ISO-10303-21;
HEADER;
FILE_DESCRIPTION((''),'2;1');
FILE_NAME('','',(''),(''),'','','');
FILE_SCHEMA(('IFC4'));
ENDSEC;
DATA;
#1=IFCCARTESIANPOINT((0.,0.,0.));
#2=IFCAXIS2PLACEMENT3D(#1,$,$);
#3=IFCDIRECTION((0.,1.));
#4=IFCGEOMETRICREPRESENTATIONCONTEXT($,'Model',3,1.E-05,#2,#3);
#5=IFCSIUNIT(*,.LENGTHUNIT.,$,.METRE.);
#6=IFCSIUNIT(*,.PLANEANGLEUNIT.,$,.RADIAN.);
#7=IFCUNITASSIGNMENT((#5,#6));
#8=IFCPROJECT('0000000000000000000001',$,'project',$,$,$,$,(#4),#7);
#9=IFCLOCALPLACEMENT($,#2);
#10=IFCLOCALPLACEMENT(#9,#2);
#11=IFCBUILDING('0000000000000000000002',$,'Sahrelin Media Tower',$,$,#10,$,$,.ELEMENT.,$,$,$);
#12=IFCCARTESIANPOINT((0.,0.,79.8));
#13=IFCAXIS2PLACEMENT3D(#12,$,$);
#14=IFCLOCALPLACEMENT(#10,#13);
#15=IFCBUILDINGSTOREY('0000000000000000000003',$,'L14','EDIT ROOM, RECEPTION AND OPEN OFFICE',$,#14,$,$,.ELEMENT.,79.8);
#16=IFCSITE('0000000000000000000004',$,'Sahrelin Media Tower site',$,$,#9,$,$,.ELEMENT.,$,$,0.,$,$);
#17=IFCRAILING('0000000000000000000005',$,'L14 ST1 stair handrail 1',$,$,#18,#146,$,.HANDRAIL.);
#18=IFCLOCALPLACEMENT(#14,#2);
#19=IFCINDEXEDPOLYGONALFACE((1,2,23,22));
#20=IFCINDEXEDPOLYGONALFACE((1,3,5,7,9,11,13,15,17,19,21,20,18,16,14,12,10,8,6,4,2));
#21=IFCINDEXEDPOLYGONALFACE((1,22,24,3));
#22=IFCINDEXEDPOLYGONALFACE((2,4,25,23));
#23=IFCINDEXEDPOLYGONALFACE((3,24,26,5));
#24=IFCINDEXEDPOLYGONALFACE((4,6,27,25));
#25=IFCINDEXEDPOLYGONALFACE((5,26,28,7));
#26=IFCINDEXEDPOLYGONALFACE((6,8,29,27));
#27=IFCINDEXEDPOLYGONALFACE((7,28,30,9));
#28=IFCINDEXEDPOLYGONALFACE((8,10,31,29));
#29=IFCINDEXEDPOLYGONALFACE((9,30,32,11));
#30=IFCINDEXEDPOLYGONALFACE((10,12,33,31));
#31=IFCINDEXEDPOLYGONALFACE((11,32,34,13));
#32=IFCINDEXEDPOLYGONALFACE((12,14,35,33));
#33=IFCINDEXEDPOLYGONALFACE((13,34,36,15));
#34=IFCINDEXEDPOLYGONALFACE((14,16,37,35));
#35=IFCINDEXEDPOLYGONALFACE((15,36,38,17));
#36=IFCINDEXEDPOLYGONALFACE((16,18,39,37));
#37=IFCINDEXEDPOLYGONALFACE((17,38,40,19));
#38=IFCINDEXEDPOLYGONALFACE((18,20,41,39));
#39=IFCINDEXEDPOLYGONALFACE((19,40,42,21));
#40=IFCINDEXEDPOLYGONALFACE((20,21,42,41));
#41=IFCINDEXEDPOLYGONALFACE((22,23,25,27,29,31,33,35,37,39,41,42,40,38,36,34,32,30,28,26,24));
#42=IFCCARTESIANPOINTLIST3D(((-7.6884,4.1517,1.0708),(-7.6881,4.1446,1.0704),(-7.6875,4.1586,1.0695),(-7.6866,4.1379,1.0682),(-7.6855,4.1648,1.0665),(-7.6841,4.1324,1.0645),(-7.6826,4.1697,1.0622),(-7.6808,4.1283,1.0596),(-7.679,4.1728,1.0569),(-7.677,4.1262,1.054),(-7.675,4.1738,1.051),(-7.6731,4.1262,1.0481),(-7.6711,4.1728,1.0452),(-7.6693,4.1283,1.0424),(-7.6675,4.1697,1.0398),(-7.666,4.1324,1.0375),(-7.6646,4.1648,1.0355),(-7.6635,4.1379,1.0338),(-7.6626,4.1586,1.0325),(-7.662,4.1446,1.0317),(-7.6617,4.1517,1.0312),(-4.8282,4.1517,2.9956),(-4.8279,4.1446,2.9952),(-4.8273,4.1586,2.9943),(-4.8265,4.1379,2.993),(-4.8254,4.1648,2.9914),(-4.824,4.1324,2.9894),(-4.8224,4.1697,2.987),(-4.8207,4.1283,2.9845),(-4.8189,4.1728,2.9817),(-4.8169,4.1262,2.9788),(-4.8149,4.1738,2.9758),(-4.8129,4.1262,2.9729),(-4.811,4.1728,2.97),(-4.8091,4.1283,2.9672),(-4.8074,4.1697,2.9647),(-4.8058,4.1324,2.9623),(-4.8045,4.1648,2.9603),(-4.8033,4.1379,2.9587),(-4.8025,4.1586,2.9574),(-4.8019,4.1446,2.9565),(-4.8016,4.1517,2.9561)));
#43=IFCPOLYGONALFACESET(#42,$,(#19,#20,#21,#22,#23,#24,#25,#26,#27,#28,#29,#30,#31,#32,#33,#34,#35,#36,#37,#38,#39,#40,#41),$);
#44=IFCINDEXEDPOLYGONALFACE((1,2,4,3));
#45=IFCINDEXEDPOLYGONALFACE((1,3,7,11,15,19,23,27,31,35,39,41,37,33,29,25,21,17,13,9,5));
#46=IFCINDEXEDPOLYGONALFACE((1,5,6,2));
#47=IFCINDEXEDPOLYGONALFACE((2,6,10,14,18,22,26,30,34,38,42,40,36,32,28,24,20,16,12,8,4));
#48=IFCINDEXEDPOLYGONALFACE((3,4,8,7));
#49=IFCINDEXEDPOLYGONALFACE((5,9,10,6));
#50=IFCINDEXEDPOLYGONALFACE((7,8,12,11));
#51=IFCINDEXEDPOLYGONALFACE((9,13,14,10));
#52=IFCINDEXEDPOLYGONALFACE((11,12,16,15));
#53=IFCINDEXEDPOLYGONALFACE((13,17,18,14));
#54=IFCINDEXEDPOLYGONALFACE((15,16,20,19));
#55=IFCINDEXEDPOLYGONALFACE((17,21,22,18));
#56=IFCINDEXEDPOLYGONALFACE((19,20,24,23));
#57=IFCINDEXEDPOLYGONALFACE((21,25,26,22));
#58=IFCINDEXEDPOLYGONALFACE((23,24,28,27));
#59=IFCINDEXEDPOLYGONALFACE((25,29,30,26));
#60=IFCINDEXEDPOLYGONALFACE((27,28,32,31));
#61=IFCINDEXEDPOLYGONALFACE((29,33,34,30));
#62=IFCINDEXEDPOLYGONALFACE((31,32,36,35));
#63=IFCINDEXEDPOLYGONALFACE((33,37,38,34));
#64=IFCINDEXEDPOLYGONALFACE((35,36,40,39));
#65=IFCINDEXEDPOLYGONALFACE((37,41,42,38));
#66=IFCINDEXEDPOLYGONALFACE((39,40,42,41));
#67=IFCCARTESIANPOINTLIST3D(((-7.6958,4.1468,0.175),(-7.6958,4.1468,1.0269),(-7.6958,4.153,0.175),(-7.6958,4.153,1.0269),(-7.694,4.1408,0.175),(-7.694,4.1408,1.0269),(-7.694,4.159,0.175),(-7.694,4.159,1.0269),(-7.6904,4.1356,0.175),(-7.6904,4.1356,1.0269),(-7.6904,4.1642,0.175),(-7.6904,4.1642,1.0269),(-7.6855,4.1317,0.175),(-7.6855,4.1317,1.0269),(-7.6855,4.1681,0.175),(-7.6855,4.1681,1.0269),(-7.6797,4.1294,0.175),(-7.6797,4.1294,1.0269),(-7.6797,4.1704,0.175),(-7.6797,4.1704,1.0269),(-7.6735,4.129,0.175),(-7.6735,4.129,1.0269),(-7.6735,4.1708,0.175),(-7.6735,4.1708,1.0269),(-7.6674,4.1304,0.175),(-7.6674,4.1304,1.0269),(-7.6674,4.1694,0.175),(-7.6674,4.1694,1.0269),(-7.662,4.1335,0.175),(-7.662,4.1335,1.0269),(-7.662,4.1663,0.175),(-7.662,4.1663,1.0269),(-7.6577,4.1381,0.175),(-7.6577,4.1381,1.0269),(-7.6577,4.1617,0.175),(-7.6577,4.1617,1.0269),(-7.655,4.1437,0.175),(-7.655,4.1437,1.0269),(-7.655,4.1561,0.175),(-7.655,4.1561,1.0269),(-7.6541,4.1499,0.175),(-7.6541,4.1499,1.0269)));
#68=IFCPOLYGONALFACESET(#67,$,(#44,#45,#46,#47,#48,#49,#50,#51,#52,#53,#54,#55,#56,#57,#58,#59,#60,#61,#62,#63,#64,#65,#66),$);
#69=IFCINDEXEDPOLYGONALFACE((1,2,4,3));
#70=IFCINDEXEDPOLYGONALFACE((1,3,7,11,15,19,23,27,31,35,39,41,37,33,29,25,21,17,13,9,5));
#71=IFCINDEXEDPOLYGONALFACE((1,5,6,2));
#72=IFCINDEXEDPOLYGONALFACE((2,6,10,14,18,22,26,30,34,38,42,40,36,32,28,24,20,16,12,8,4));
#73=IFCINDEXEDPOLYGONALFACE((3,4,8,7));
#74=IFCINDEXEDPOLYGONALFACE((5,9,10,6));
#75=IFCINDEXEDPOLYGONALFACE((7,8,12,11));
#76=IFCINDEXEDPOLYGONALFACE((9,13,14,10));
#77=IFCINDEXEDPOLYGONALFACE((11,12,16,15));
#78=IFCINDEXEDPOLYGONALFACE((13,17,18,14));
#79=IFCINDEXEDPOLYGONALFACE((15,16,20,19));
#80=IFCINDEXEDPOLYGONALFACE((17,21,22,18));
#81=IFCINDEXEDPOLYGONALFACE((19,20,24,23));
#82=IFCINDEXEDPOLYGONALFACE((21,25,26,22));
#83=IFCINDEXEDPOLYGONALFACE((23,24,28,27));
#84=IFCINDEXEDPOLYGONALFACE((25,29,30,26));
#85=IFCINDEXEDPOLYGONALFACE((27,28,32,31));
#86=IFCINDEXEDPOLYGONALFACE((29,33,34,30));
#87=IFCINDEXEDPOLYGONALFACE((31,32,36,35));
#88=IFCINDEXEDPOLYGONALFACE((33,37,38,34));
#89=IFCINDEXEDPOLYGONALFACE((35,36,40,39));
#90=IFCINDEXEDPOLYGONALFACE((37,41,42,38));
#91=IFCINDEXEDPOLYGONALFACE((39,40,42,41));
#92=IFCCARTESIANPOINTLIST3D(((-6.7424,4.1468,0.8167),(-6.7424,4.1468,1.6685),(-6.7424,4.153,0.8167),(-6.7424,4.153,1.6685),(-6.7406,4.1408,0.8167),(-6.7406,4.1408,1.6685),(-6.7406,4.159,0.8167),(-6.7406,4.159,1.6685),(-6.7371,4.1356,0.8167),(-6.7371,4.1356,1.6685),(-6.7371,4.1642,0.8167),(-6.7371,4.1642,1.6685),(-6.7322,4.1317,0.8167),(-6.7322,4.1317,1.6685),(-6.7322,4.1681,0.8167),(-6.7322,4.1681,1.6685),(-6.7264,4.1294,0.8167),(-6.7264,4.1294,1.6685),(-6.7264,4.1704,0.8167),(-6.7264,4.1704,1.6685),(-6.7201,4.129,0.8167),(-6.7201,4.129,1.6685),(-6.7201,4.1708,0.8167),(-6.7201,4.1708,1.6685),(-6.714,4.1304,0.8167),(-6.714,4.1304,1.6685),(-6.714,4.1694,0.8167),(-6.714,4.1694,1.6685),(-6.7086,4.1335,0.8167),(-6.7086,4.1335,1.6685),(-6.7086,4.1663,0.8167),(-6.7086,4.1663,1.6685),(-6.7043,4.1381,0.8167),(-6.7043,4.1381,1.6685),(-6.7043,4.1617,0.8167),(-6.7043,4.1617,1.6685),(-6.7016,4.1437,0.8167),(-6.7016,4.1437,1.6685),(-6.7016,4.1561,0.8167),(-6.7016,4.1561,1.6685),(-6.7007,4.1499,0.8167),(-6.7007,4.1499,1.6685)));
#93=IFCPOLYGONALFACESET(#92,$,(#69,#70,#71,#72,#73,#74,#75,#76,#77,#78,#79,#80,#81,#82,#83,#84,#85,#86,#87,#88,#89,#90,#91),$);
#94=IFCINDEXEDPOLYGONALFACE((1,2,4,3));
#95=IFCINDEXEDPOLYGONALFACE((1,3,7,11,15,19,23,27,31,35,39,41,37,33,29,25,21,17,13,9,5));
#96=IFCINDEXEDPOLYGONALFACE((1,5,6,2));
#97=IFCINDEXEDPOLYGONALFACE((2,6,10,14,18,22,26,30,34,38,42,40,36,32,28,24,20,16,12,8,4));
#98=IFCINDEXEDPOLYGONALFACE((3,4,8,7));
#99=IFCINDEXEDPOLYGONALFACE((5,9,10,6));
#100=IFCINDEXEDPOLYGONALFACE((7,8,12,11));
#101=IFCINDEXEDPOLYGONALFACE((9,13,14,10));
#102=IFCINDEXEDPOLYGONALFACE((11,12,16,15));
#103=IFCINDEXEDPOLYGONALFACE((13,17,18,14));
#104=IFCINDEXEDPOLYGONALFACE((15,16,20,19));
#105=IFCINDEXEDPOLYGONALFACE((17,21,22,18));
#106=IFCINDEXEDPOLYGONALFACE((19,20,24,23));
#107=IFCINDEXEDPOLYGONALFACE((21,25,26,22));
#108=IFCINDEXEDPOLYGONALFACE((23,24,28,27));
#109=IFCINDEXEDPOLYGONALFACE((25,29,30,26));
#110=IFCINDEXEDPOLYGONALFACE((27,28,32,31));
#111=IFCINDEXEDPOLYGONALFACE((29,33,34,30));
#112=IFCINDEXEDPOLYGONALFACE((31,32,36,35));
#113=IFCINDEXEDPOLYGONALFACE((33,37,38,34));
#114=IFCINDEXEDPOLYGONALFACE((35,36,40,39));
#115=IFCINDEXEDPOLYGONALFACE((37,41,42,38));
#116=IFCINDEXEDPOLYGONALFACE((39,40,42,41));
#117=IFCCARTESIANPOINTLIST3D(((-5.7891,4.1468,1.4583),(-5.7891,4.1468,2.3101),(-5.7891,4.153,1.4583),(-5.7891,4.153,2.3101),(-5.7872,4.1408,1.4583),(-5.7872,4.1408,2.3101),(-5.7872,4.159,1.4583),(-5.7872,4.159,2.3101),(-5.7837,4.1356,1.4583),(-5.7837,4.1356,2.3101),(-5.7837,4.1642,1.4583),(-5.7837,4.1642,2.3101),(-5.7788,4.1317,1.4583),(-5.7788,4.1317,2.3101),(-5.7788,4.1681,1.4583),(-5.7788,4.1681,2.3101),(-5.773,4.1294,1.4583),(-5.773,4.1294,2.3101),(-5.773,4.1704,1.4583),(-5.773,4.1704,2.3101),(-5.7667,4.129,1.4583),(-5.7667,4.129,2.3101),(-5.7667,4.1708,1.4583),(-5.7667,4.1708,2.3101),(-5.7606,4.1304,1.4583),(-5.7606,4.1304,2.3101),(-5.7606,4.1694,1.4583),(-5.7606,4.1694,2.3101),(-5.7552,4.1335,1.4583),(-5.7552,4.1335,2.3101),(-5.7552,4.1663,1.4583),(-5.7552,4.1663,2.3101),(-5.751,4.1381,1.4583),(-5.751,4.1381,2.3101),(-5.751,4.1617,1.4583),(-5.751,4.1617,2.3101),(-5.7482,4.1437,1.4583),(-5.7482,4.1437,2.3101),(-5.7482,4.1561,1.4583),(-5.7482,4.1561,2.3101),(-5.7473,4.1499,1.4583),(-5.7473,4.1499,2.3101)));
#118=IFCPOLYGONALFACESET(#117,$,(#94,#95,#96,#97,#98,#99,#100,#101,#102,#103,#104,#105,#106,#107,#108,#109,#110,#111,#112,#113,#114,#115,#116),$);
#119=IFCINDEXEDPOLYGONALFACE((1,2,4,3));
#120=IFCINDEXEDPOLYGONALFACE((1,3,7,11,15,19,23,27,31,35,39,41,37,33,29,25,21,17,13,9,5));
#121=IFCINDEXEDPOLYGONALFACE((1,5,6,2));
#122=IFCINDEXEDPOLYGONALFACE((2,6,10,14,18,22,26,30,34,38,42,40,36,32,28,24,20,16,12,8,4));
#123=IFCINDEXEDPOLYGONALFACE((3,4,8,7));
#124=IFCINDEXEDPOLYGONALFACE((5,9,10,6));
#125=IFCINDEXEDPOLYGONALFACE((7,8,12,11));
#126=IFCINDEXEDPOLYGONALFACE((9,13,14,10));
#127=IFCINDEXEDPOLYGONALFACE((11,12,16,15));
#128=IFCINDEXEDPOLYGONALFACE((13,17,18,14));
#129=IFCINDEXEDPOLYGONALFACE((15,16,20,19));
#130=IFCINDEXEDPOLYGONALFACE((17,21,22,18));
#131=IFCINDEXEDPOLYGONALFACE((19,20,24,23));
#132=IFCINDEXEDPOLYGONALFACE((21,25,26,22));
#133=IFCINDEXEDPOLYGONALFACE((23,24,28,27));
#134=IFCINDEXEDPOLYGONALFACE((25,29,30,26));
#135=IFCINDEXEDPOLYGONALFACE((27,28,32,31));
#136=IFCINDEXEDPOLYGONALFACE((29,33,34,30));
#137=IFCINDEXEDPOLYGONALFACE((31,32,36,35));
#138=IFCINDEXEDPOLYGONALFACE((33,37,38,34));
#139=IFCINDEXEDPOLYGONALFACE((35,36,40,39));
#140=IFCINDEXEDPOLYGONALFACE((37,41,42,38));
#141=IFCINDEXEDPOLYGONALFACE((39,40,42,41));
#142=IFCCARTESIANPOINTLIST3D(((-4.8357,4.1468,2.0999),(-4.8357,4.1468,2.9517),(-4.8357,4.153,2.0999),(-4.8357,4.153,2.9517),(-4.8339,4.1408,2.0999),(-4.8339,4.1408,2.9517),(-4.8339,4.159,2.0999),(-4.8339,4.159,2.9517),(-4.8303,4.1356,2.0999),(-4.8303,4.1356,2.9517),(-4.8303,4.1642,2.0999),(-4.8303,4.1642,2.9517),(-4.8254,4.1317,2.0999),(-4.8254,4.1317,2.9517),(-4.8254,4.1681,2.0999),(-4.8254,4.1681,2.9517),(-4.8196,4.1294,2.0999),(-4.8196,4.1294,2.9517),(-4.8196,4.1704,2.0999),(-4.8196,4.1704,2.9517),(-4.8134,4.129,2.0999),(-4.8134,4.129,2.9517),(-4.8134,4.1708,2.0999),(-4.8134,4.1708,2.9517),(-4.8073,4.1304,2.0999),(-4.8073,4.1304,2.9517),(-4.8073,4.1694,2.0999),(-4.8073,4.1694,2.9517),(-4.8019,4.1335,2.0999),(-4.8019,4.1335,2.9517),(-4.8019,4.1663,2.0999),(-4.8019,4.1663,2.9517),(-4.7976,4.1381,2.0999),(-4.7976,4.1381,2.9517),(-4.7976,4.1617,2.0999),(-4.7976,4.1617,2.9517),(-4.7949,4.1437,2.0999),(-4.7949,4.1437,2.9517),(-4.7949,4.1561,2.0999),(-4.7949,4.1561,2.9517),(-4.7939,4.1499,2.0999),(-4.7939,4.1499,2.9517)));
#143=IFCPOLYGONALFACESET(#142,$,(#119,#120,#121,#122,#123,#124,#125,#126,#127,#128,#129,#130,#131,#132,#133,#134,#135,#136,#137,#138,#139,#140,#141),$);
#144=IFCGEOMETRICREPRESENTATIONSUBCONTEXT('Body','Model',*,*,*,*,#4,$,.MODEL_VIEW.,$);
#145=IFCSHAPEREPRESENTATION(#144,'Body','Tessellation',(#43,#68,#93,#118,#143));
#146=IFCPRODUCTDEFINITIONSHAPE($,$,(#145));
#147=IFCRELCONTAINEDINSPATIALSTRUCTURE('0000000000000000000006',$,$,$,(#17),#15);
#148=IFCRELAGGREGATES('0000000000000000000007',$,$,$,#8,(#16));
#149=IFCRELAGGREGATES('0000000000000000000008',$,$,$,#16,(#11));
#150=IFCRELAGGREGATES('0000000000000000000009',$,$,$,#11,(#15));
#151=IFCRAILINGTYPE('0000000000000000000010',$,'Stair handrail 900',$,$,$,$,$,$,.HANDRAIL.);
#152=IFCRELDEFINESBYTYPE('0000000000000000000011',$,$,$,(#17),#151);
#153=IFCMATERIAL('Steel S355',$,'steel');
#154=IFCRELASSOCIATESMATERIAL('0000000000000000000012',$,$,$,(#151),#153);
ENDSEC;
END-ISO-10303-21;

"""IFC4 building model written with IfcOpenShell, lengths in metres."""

from ifc_helpers import new_model, si_unit, direction, frame, origin, origin_2d, place, context, subcontext, project, spatial, circle, extrude, material, type_object, element, save


model = new_model("IFC4")

# Units and contexts
model_context = context("Model", 3, precision=1e-05, world=origin(), true_north=direction((0.0, 1.0)))
body_context = subcontext(model_context, "Body", "Model", "MODEL_VIEW")
ifc_project = project(units=[si_unit("LENGTHUNIT", "METRE"), si_unit("PLANEANGLEUNIT", "RADIAN")], contexts=[model_context])

# Site, building, storey
site_placement = place(None, origin())
site = spatial("IfcSite", under=ifc_project, at=site_placement, Name="Sahrelin Media Tower site", CompositionType="ELEMENT", RefElevation=0.0)
building_placement = place(site_placement, origin())
building = spatial("IfcBuilding", under=site, at=building_placement, Name="Sahrelin Media Tower", CompositionType="ELEMENT")
storey_placement = place(building_placement, frame((0.0, 0.0, 79.8)))
storey = spatial("IfcBuildingStorey", under=building, at=storey_placement, Name="L14", Description="EDIT ROOM, RECEPTION AND OPEN OFFICE", CompositionType="ELEMENT", Elevation=79.8)

# Shared definitions
ifc_material_1 = material(Name="Steel S355", Category="steel")

# Railing
railing_type_1 = type_object("IfcRailingType", Name="Stair handrail 900", PredefinedType="HANDRAIL", material=ifc_material_1)
railing_1_placement = place(storey_placement, frame((-7.675, 4.1499, 0.175)))
element("IfcRailing", 1, at=railing_1_placement, inside=storey, type_object=railing_type_1, Name="L14 ST1 stair handrail 1", PredefinedType="HANDRAIL", context=body_context, shape_type="SweptSolid", body=[
    extrude(circle(Radius=0.0239, at=origin_2d()), frame((0.0, 0.0, 0.876), z_axis=(0.829624, 0.0, 0.558323), x_axis=(0.0, 1.0, 0.0)), (0.0, 0.0, 1.0), 3.4475),
    extrude(circle(Radius=0.021, at=origin_2d()), origin(), (0.0, 0.0, 1.0), 0.8518),
    extrude(circle(Radius=0.021, at=origin_2d()), frame((0.9534, 0.0, 0.6416)), (0.0, 0.0, 1.0), 0.8518),
    extrude(circle(Radius=0.021, at=origin_2d()), frame((1.9067, 0.0, 1.2832)), (0.0, 0.0, 1.0), 0.8518),
    extrude(circle(Radius=0.021, at=origin_2d()), frame((2.8601, 0.0, 1.9248)), (0.0, 0.0, 1.0), 0.8518),
])

save(model, "model.ifc")
